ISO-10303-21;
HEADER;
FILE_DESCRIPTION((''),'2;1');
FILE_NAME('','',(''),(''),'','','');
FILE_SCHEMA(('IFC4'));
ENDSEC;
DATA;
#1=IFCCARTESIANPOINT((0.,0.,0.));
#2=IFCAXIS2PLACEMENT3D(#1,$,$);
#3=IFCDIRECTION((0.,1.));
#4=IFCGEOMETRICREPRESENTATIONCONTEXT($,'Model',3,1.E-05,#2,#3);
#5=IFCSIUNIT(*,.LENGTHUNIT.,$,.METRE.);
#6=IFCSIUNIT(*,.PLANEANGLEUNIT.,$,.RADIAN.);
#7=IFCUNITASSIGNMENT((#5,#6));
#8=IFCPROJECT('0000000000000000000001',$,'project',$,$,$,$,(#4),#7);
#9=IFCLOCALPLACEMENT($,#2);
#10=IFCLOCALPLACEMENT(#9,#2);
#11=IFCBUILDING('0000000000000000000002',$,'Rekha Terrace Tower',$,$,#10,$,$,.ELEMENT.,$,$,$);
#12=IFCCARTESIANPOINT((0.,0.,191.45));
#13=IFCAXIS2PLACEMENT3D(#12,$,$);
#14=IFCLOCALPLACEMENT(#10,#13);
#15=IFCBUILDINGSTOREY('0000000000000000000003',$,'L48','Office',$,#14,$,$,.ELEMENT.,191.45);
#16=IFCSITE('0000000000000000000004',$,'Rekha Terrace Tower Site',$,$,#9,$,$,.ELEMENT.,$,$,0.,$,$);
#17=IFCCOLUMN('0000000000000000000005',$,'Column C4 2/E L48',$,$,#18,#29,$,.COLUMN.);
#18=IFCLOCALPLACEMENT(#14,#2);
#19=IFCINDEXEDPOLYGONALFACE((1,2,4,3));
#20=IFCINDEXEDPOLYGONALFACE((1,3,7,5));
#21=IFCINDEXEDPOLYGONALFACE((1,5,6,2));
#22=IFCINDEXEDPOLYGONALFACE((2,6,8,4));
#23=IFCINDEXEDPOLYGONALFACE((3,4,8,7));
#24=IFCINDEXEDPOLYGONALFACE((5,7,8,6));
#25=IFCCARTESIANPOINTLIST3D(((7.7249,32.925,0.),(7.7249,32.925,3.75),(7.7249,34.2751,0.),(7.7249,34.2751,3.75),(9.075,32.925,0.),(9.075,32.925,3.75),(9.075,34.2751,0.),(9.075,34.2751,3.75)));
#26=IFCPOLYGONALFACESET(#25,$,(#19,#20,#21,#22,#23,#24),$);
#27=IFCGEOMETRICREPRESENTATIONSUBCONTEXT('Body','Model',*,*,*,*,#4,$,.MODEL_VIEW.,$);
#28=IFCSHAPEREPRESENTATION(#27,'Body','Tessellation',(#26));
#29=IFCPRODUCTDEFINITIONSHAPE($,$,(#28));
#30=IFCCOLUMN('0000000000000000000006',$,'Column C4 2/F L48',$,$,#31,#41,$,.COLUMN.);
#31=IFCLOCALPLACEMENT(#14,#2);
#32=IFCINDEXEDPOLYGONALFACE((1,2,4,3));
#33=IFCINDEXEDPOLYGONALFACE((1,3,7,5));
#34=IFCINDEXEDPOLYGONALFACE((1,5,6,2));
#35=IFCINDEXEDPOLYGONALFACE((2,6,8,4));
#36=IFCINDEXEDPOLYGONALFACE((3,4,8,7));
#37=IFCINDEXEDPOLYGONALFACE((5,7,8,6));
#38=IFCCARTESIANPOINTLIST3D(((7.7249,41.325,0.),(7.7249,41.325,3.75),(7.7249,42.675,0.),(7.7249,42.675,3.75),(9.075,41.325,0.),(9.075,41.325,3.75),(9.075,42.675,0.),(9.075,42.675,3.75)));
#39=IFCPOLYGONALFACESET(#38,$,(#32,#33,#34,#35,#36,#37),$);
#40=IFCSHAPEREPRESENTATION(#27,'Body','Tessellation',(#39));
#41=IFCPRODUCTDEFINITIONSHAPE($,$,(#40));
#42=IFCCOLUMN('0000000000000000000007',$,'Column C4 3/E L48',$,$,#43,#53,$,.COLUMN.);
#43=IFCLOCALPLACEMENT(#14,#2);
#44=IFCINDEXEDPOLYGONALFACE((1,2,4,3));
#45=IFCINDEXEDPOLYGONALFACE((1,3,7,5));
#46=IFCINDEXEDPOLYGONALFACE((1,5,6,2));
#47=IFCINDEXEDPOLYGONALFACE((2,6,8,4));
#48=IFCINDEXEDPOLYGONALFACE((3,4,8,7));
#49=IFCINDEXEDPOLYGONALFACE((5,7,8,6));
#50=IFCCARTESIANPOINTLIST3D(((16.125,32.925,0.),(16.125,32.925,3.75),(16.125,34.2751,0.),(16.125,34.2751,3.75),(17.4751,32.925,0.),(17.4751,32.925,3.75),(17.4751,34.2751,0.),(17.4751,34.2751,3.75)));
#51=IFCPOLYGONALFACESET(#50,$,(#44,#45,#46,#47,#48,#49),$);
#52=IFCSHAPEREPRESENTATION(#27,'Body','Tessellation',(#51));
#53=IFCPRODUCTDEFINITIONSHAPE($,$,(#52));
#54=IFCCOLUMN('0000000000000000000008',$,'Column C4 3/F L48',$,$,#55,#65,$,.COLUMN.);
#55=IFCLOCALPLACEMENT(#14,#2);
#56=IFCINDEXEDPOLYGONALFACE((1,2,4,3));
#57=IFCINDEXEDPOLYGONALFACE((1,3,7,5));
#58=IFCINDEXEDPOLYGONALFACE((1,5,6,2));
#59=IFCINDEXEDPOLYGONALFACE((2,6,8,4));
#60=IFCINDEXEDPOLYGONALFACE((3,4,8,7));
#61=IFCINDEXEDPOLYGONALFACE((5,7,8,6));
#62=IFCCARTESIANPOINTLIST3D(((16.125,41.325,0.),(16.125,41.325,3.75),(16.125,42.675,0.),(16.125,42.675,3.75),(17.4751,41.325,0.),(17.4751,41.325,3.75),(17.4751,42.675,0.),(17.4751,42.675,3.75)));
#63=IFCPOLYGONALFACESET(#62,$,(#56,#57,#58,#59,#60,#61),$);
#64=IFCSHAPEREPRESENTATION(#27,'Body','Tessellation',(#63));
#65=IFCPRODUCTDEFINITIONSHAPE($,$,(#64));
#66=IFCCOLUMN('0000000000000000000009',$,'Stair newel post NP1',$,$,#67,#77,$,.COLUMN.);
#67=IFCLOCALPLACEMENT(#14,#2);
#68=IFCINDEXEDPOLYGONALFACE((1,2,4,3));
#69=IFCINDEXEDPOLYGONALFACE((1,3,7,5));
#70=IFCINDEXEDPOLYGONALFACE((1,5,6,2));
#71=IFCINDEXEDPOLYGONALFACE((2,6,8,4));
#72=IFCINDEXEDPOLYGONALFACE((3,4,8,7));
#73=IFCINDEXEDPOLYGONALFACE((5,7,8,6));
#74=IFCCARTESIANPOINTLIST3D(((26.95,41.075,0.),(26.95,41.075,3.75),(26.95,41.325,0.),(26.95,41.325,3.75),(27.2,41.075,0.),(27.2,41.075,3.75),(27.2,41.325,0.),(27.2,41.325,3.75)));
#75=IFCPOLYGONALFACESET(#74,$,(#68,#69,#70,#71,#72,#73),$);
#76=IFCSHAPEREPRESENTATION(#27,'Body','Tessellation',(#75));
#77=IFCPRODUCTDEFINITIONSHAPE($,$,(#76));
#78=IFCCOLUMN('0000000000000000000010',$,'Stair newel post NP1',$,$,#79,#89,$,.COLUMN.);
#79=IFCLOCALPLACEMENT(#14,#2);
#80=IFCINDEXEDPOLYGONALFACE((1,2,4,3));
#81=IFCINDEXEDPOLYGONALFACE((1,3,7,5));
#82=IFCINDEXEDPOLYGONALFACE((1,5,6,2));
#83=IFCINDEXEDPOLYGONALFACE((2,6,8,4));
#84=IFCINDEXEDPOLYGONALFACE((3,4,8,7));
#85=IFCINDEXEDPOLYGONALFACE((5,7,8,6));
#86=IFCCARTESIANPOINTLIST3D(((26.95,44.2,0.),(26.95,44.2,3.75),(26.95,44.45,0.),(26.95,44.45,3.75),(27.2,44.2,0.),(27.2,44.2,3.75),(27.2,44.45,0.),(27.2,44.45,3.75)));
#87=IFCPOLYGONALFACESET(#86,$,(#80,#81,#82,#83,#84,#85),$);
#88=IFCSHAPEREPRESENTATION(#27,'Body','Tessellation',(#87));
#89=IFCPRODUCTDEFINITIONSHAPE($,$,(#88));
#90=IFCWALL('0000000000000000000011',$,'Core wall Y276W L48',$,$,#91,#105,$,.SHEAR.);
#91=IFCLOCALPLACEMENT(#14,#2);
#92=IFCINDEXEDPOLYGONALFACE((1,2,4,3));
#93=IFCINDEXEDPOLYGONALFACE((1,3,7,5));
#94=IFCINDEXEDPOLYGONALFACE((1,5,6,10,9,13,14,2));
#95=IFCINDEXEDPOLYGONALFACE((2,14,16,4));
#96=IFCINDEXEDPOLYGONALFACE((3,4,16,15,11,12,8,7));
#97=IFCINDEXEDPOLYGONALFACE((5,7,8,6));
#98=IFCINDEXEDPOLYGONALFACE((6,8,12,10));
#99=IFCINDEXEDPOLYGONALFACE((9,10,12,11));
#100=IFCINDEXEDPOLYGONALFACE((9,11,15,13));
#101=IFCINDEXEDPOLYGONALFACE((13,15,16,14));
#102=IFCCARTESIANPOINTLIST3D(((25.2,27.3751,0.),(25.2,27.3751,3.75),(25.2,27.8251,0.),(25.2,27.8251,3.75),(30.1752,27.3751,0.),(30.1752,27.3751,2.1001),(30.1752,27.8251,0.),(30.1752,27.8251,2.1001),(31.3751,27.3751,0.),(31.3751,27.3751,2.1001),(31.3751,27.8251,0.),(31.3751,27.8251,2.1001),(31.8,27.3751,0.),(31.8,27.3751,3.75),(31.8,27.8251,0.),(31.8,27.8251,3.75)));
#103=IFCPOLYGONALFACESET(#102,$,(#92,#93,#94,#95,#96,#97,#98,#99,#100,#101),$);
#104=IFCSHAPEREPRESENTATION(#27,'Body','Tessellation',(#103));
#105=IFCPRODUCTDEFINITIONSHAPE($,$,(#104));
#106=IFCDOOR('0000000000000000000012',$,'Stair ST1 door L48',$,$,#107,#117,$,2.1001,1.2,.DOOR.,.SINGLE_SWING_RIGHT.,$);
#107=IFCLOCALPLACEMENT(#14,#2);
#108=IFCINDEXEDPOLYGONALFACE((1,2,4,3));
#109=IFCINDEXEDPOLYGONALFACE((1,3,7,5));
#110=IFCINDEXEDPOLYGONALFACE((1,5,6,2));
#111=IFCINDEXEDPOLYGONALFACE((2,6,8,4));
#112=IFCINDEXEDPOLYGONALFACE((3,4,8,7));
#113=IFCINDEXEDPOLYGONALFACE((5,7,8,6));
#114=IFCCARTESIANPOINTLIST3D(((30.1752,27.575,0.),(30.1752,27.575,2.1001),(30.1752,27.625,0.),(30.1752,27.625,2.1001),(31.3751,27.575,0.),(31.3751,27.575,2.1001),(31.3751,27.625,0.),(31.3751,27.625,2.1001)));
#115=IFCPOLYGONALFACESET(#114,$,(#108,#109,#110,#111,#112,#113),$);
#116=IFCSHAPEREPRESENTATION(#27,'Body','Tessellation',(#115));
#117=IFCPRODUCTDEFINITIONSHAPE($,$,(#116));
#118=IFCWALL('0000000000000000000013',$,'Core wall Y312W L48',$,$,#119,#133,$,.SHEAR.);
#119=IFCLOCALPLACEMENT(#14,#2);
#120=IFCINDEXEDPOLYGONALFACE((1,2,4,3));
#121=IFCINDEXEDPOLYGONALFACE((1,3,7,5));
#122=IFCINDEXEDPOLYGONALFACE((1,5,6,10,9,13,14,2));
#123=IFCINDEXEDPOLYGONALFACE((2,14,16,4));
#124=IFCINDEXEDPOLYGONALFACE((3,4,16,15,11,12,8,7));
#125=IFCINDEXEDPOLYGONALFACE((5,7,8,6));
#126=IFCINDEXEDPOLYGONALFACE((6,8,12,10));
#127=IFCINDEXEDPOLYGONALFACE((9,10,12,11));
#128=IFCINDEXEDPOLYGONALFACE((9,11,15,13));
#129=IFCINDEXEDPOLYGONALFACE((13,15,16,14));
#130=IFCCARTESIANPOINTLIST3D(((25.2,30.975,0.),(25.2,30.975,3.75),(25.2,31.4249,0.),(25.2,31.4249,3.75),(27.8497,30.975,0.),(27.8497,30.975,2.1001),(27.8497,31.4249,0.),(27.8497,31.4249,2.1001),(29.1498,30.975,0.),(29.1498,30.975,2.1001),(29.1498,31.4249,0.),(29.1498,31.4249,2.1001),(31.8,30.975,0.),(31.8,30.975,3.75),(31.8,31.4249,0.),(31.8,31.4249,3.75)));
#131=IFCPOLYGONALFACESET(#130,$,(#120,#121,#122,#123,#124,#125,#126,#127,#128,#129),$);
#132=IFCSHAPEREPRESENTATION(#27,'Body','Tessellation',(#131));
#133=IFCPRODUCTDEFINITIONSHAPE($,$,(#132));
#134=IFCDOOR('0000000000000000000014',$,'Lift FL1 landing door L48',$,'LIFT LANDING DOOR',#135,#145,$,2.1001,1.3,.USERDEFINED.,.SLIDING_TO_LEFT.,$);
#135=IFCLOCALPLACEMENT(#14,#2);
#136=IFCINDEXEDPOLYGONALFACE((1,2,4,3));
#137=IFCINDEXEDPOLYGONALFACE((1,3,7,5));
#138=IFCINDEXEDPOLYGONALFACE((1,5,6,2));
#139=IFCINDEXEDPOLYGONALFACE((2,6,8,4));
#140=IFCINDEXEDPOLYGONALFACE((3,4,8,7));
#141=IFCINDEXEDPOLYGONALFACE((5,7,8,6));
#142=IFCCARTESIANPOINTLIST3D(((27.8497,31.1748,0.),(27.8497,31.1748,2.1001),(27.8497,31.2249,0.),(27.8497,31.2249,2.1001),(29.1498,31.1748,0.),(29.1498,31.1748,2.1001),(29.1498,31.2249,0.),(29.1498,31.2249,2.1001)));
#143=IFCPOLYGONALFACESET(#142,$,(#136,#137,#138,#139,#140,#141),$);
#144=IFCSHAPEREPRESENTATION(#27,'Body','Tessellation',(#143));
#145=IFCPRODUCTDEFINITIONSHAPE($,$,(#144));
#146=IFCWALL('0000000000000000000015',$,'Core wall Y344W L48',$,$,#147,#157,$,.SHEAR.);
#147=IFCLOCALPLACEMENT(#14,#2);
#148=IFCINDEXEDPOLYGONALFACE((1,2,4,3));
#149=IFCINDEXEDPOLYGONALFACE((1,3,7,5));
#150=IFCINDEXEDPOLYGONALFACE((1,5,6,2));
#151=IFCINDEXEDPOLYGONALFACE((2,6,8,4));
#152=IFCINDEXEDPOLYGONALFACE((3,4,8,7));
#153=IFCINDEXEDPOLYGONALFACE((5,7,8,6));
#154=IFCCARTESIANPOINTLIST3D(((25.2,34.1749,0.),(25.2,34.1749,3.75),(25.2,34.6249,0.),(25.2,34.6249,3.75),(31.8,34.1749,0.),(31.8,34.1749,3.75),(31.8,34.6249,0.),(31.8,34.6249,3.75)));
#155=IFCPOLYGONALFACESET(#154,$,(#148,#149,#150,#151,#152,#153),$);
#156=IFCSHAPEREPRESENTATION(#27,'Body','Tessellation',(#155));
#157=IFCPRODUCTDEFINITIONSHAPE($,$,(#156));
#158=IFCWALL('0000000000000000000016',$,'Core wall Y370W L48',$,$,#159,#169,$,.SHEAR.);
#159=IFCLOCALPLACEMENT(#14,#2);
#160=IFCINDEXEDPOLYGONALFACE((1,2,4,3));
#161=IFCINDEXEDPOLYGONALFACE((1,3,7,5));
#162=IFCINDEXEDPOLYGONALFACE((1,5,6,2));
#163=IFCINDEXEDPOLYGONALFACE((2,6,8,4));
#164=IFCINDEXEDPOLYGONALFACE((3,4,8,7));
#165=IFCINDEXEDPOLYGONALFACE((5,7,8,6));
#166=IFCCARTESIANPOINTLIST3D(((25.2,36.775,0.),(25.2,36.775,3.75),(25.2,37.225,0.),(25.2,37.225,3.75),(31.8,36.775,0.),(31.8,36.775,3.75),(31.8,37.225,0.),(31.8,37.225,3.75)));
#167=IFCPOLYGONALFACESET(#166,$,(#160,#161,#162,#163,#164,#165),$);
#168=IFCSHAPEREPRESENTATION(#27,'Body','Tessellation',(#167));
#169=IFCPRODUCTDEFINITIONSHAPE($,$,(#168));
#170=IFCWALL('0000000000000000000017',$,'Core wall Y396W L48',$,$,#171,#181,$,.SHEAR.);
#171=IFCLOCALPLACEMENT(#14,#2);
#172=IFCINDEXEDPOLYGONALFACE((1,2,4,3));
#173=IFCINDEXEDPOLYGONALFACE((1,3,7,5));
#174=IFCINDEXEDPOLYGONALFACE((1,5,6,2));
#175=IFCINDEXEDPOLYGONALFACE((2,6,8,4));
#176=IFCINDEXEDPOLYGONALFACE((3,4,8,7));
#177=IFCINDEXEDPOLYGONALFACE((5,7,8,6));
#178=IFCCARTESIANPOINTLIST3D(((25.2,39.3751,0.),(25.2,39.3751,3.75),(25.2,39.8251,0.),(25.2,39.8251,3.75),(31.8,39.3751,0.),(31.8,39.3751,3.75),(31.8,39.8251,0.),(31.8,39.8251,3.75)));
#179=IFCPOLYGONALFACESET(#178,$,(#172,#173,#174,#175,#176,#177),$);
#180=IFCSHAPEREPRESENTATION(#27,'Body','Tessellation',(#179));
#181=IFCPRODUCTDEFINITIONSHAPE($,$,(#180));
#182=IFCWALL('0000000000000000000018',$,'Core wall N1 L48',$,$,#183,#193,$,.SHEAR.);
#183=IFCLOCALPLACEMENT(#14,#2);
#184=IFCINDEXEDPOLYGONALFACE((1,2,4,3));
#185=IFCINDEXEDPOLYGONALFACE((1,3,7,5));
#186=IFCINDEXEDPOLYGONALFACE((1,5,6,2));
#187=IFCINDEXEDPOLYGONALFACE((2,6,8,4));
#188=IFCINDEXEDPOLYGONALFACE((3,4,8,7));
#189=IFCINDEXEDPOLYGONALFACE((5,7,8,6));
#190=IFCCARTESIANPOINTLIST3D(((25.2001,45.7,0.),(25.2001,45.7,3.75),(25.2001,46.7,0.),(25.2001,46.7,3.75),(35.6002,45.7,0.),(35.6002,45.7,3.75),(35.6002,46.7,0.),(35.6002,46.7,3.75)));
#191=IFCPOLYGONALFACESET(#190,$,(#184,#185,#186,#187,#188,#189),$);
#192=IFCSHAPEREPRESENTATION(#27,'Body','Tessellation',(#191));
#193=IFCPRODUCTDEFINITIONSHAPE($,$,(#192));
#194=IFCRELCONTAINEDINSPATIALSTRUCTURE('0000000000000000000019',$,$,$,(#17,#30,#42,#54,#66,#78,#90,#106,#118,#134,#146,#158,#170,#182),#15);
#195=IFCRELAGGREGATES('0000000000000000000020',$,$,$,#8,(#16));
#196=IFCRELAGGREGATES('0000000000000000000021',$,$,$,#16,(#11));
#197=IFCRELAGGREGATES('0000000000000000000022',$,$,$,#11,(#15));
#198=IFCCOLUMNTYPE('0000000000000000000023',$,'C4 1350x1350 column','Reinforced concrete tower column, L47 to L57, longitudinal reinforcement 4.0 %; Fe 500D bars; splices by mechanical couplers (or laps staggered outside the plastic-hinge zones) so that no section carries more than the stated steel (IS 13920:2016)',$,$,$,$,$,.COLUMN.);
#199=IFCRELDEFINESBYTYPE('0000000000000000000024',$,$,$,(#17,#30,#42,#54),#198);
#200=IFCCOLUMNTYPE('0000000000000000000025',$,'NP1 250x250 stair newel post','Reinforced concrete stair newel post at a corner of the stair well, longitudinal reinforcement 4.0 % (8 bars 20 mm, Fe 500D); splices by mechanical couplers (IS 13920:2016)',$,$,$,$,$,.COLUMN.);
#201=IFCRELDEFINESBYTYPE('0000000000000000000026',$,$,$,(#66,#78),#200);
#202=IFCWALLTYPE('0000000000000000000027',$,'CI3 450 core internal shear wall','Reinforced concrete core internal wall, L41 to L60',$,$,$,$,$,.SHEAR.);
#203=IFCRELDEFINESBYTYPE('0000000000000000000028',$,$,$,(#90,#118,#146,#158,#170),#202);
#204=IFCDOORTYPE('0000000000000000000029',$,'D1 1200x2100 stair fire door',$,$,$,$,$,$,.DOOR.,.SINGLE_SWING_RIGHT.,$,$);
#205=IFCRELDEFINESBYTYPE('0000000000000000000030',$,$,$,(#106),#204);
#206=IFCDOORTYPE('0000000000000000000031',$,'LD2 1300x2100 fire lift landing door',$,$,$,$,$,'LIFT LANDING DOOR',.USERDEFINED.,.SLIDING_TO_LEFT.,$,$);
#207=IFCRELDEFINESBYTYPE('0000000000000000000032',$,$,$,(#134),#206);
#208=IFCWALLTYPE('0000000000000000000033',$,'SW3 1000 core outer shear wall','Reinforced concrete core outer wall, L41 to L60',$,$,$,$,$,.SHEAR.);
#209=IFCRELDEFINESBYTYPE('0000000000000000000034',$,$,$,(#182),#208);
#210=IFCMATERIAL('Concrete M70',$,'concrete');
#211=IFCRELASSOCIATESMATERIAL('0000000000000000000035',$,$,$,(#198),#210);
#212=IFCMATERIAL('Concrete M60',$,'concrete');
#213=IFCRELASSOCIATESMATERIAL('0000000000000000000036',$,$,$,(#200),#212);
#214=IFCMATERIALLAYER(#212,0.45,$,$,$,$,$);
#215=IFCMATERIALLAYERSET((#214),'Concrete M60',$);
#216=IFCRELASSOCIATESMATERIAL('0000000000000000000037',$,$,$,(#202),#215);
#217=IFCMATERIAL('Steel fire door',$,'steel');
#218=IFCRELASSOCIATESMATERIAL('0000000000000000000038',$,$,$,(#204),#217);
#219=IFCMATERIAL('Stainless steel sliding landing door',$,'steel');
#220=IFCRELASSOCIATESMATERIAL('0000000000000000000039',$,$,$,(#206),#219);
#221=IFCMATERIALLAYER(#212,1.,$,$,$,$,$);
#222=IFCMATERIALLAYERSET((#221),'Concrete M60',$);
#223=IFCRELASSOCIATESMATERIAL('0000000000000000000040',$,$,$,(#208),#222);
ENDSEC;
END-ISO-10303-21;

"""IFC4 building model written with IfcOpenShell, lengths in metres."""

from ifc_helpers import new_model, si_unit, direction, frame, frame_2d, origin, origin_2d, place, context, subcontext, project, spatial, rectangle, extrude, material, layer, layer_set, material_profile, profile_set, type_object, element, fill, save


model = new_model("IFC4")

# Units and contexts
model_context = context("Model", 3, precision=1e-05, world=origin(), true_north=direction((0.0, 1.0)))
body_context = subcontext(model_context, "Body", "Model", "MODEL_VIEW")
ifc_project = project(units=[si_unit("LENGTHUNIT", "METRE"), si_unit("PLANEANGLEUNIT", "RADIAN")], contexts=[model_context])

# Site, building, storey
site_placement = place(None, origin())
site = spatial("IfcSite", under=ifc_project, at=site_placement, Name="Rekha Terrace Tower Site", CompositionType="ELEMENT", RefElevation=0.0)
building_placement = place(site_placement, origin())
building = spatial("IfcBuilding", under=site, at=building_placement, Name="Rekha Terrace Tower", CompositionType="ELEMENT")
storey_placement = place(building_placement, frame((0.0, 0.0, 191.45)))
storey = spatial("IfcBuildingStorey", under=building, at=storey_placement, Name="L48", Description="Office", CompositionType="ELEMENT", Elevation=191.45)

# Columns
ifc_material_1 = material(Name="Concrete M70", Category="concrete")
ifc_material_profile_1 = material_profile(ifc_material_1, rectangle(XDim=1.3501, YDim=1.3501, at=origin_2d()), Name="RC 1350x1350")
ifc_profile_set_1 = profile_set([ifc_material_profile_1], Name="Concrete M70")
column_type_1 = type_object("IfcColumnType", Name="C4 1350x1350 column", Description="Reinforced concrete tower column, L47 to L57, longitudinal reinforcement 4.0 %; Fe 500D bars; splices by mechanical couplers (or laps staggered outside the plastic-hinge zones) so that no section carries more than the stated steel (IS 13920:2016)", PredefinedType="COLUMN", material=ifc_profile_set_1)
for number, where, z_axis, x_axis, name in (
    (1, (8.3999, 33.6001, 0.0), (0.0, 0.0, 1.0), (1.0, 0.0, 0.0), "Column C4 2/E L48"),
    (2, (8.3999, 42.0, 0.0), (0.0, 0.0, 1.0), (1.0, 0.0, 0.0), "Column C4 2/F L48"),
    (3, (16.8, 33.6001, 0.0), (0.0, 0.0, 1.0), (1.0, 0.0, 0.0), "Column C4 3/E L48"),
    (4, (16.8, 42.0, 0.0), (0.0, 0.0, 1.0), (1.0, 0.0, 0.0), "Column C4 3/F L48"),
):
    element("IfcColumn", number, at=place(storey_placement, frame(where, z_axis=z_axis, x_axis=x_axis)), inside=storey, type_object=column_type_1, Name=name, PredefinedType="COLUMN", context=body_context, shape_type="SweptSolid", body=[
        extrude(rectangle(XDim=1.3501, YDim=1.3501, at=origin_2d()), origin(), (0.0, 0.0, 1.0), 3.75),
    ])
ifc_material_2 = material(Name="Concrete M60", Category="concrete")
ifc_material_profile_2 = material_profile(ifc_material_2, rectangle(XDim=0.25, YDim=0.25, at=origin_2d()), Name="RC 250x250")
ifc_profile_set_2 = profile_set([ifc_material_profile_2], Name="Concrete M60")
column_type_2 = type_object("IfcColumnType", Name="NP1 250x250 stair newel post", Description="Reinforced concrete stair newel post at a corner of the stair well, longitudinal reinforcement 4.0 % (8 bars 20 mm, Fe 500D); splices by mechanical couplers (IS 13920:2016)", PredefinedType="COLUMN", material=ifc_profile_set_2)
for number, where, z_axis, x_axis, name in (
    (5, (27.075, 41.2, 0.0), (0.0, 0.0, 1.0), (1.0, 0.0, 0.0), "Stair newel post NP1"),
    (6, (27.075, 44.325, 0.0), (0.0, 0.0, 1.0), (1.0, 0.0, 0.0), "Stair newel post NP1"),
):
    element("IfcColumn", number, at=place(storey_placement, frame(where, z_axis=z_axis, x_axis=x_axis)), inside=storey, type_object=column_type_2, Name=name, PredefinedType="COLUMN", context=body_context, shape_type="SweptSolid", body=[
        extrude(rectangle(XDim=0.25, YDim=0.25, at=origin_2d()), origin(), (0.0, 0.0, 1.0), 3.75),
    ])

# Walls, openings, doors
ifc_layer_1 = layer(ifc_material_2, 0.45)
ifc_layer_set_1 = layer_set([ifc_layer_1], Name="Concrete M60")
wall_type_1 = type_object("IfcWallType", Name="CI3 450 core internal shear wall", Description="Reinforced concrete core internal wall, L41 to L60", PredefinedType="SHEAR", material=ifc_layer_set_1)
wall_1_placement = place(storey_placement, frame((25.2, 27.6001, 0.0), z_axis=(0.0, 0.0, 1.0), x_axis=(1.0, 0.0, 0.0)))
wall_1 = element("IfcWall", 7, at=wall_1_placement, inside=storey, type_object=wall_type_1, Name="Core wall Y276W L48", PredefinedType="SHEAR", context=body_context, shape_type="SweptSolid", body=[
    extrude(rectangle(XDim=6.6001, YDim=0.45, at=frame_2d((3.3, 0.0))), origin(), (0.0, 0.0, 1.0), 3.75),
])
opening_1_placement = place(wall_1_placement, frame((4.9751, 0.0, 0.0)))
opening_1 = element("IfcOpeningElement", 8, at=opening_1_placement, cuts=wall_1, PredefinedType="OPENING", context=body_context, shape_type="SweptSolid", body=[
    extrude(rectangle(XDim=1.2, YDim=2.1001, at=frame_2d((0.6001, 1.05))), frame((0.0, 0.2349, 0.0), z_axis=(0.0, -1.0, 0.0), x_axis=(1.0, 0.0, 0.0)), (0.0, 0.0, 1.0), 0.47),
])
ifc_material_3 = material(Name="Steel fire door", Category="steel")
door_type_1 = type_object("IfcDoorType", Name="D1 1200x2100 stair fire door", OperationType="SINGLE_SWING_RIGHT", PredefinedType="DOOR", material=ifc_material_3)
door_1_placement = place(opening_1_placement, origin())
door_1 = element("IfcDoor", 9, at=door_1_placement, inside=storey, type_object=door_type_1, Name="Stair ST1 door L48", OperationType="SINGLE_SWING_RIGHT", OverallHeight=2.1001, OverallWidth=1.2, PredefinedType="DOOR", context=body_context, shape_type="SweptSolid", body=[
    extrude(rectangle(XDim=1.2, YDim=2.1001, at=frame_2d((0.6001, 1.05))), frame((0.0, 0.0249, 0.0), z_axis=(0.0, -1.0, 0.0), x_axis=(1.0, 0.0, 0.0)), (0.0, 0.0, 1.0), 0.05),
])
fill(opening_1, door_1)
wall_2_placement = place(storey_placement, frame((25.2, 31.2, 0.0), z_axis=(0.0, 0.0, 1.0), x_axis=(1.0, 0.0, 0.0)))
wall_2 = element("IfcWall", 10, at=wall_2_placement, inside=storey, type_object=wall_type_1, Name="Core wall Y312W L48", PredefinedType="SHEAR", context=body_context, shape_type="SweptSolid", body=[
    extrude(rectangle(XDim=6.6001, YDim=0.45, at=frame_2d((3.3, 0.0))), origin(), (0.0, 0.0, 1.0), 3.75),
])
opening_2_placement = place(wall_2_placement, frame((2.6499, 0.0, 0.0)))
opening_2 = element("IfcOpeningElement", 11, at=opening_2_placement, cuts=wall_2, PredefinedType="OPENING", context=body_context, shape_type="SweptSolid", body=[
    extrude(rectangle(XDim=1.3, YDim=2.1001, at=frame_2d((0.6499, 1.05))), frame((0.0, 0.2349, 0.0), z_axis=(0.0, -1.0, 0.0), x_axis=(1.0, 0.0, 0.0)), (0.0, 0.0, 1.0), 0.47),
])
ifc_material_4 = material(Name="Stainless steel sliding landing door", Category="steel")
door_type_2 = type_object("IfcDoorType", Name="LD2 1300x2100 fire lift landing door", ElementType="LIFT LANDING DOOR", OperationType="SLIDING_TO_LEFT", PredefinedType="USERDEFINED", material=ifc_material_4)
door_2_placement = place(opening_2_placement, origin())
door_2 = element("IfcDoor", 12, at=door_2_placement, inside=storey, type_object=door_type_2, Name="Lift FL1 landing door L48", ObjectType="LIFT LANDING DOOR", OperationType="SLIDING_TO_LEFT", OverallHeight=2.1001, OverallWidth=1.3, PredefinedType="USERDEFINED", context=body_context, shape_type="SweptSolid", body=[
    extrude(rectangle(XDim=1.3, YDim=2.1001, at=frame_2d((0.6499, 1.05))), frame((0.0, 0.0249, 0.0), z_axis=(0.0, -1.0, 0.0), x_axis=(1.0, 0.0, 0.0)), (0.0, 0.0, 1.0), 0.05),
])
fill(opening_2, door_2)

# Walls
for number, where, z_axis, x_axis, name in (
    (13, (25.2, 34.3999, 0.0), (0.0, 0.0, 1.0), (1.0, 0.0, 0.0), "Core wall Y344W L48"),
    (14, (25.2, 37.0, 0.0), (0.0, 0.0, 1.0), (1.0, 0.0, 0.0), "Core wall Y370W L48"),
    (15, (25.2, 39.6001, 0.0), (0.0, 0.0, 1.0), (1.0, 0.0, 0.0), "Core wall Y396W L48"),
):
    element("IfcWall", number, at=place(storey_placement, frame(where, z_axis=z_axis, x_axis=x_axis)), inside=storey, type_object=wall_type_1, Name=name, PredefinedType="SHEAR", context=body_context, shape_type="SweptSolid", body=[
        extrude(rectangle(XDim=6.6001, YDim=0.45, at=frame_2d((3.3, 0.0))), origin(), (0.0, 0.0, 1.0), 3.75),
    ])
ifc_layer_2 = layer(ifc_material_2, 1.0)
ifc_layer_set_2 = layer_set([ifc_layer_2], Name="Concrete M60")
wall_type_2 = type_object("IfcWallType", Name="SW3 1000 core outer shear wall", Description="Reinforced concrete core outer wall, L41 to L60", PredefinedType="SHEAR", material=ifc_layer_set_2)
wall_3_placement = place(storey_placement, frame((25.2, 46.2, 0.0), z_axis=(0.0, 0.0, 1.0), x_axis=(1.0, 0.0, 0.0)))
element("IfcWall", 16, at=wall_3_placement, inside=storey, type_object=wall_type_2, Name="Core wall N1 L48", PredefinedType="SHEAR", context=body_context, shape_type="SweptSolid", body=[
    extrude(rectangle(XDim=10.4001, YDim=1.0, at=frame_2d((5.2002, 0.0))), origin(), (0.0, 0.0, 1.0), 3.75),
])

save(model, "model.ifc")
